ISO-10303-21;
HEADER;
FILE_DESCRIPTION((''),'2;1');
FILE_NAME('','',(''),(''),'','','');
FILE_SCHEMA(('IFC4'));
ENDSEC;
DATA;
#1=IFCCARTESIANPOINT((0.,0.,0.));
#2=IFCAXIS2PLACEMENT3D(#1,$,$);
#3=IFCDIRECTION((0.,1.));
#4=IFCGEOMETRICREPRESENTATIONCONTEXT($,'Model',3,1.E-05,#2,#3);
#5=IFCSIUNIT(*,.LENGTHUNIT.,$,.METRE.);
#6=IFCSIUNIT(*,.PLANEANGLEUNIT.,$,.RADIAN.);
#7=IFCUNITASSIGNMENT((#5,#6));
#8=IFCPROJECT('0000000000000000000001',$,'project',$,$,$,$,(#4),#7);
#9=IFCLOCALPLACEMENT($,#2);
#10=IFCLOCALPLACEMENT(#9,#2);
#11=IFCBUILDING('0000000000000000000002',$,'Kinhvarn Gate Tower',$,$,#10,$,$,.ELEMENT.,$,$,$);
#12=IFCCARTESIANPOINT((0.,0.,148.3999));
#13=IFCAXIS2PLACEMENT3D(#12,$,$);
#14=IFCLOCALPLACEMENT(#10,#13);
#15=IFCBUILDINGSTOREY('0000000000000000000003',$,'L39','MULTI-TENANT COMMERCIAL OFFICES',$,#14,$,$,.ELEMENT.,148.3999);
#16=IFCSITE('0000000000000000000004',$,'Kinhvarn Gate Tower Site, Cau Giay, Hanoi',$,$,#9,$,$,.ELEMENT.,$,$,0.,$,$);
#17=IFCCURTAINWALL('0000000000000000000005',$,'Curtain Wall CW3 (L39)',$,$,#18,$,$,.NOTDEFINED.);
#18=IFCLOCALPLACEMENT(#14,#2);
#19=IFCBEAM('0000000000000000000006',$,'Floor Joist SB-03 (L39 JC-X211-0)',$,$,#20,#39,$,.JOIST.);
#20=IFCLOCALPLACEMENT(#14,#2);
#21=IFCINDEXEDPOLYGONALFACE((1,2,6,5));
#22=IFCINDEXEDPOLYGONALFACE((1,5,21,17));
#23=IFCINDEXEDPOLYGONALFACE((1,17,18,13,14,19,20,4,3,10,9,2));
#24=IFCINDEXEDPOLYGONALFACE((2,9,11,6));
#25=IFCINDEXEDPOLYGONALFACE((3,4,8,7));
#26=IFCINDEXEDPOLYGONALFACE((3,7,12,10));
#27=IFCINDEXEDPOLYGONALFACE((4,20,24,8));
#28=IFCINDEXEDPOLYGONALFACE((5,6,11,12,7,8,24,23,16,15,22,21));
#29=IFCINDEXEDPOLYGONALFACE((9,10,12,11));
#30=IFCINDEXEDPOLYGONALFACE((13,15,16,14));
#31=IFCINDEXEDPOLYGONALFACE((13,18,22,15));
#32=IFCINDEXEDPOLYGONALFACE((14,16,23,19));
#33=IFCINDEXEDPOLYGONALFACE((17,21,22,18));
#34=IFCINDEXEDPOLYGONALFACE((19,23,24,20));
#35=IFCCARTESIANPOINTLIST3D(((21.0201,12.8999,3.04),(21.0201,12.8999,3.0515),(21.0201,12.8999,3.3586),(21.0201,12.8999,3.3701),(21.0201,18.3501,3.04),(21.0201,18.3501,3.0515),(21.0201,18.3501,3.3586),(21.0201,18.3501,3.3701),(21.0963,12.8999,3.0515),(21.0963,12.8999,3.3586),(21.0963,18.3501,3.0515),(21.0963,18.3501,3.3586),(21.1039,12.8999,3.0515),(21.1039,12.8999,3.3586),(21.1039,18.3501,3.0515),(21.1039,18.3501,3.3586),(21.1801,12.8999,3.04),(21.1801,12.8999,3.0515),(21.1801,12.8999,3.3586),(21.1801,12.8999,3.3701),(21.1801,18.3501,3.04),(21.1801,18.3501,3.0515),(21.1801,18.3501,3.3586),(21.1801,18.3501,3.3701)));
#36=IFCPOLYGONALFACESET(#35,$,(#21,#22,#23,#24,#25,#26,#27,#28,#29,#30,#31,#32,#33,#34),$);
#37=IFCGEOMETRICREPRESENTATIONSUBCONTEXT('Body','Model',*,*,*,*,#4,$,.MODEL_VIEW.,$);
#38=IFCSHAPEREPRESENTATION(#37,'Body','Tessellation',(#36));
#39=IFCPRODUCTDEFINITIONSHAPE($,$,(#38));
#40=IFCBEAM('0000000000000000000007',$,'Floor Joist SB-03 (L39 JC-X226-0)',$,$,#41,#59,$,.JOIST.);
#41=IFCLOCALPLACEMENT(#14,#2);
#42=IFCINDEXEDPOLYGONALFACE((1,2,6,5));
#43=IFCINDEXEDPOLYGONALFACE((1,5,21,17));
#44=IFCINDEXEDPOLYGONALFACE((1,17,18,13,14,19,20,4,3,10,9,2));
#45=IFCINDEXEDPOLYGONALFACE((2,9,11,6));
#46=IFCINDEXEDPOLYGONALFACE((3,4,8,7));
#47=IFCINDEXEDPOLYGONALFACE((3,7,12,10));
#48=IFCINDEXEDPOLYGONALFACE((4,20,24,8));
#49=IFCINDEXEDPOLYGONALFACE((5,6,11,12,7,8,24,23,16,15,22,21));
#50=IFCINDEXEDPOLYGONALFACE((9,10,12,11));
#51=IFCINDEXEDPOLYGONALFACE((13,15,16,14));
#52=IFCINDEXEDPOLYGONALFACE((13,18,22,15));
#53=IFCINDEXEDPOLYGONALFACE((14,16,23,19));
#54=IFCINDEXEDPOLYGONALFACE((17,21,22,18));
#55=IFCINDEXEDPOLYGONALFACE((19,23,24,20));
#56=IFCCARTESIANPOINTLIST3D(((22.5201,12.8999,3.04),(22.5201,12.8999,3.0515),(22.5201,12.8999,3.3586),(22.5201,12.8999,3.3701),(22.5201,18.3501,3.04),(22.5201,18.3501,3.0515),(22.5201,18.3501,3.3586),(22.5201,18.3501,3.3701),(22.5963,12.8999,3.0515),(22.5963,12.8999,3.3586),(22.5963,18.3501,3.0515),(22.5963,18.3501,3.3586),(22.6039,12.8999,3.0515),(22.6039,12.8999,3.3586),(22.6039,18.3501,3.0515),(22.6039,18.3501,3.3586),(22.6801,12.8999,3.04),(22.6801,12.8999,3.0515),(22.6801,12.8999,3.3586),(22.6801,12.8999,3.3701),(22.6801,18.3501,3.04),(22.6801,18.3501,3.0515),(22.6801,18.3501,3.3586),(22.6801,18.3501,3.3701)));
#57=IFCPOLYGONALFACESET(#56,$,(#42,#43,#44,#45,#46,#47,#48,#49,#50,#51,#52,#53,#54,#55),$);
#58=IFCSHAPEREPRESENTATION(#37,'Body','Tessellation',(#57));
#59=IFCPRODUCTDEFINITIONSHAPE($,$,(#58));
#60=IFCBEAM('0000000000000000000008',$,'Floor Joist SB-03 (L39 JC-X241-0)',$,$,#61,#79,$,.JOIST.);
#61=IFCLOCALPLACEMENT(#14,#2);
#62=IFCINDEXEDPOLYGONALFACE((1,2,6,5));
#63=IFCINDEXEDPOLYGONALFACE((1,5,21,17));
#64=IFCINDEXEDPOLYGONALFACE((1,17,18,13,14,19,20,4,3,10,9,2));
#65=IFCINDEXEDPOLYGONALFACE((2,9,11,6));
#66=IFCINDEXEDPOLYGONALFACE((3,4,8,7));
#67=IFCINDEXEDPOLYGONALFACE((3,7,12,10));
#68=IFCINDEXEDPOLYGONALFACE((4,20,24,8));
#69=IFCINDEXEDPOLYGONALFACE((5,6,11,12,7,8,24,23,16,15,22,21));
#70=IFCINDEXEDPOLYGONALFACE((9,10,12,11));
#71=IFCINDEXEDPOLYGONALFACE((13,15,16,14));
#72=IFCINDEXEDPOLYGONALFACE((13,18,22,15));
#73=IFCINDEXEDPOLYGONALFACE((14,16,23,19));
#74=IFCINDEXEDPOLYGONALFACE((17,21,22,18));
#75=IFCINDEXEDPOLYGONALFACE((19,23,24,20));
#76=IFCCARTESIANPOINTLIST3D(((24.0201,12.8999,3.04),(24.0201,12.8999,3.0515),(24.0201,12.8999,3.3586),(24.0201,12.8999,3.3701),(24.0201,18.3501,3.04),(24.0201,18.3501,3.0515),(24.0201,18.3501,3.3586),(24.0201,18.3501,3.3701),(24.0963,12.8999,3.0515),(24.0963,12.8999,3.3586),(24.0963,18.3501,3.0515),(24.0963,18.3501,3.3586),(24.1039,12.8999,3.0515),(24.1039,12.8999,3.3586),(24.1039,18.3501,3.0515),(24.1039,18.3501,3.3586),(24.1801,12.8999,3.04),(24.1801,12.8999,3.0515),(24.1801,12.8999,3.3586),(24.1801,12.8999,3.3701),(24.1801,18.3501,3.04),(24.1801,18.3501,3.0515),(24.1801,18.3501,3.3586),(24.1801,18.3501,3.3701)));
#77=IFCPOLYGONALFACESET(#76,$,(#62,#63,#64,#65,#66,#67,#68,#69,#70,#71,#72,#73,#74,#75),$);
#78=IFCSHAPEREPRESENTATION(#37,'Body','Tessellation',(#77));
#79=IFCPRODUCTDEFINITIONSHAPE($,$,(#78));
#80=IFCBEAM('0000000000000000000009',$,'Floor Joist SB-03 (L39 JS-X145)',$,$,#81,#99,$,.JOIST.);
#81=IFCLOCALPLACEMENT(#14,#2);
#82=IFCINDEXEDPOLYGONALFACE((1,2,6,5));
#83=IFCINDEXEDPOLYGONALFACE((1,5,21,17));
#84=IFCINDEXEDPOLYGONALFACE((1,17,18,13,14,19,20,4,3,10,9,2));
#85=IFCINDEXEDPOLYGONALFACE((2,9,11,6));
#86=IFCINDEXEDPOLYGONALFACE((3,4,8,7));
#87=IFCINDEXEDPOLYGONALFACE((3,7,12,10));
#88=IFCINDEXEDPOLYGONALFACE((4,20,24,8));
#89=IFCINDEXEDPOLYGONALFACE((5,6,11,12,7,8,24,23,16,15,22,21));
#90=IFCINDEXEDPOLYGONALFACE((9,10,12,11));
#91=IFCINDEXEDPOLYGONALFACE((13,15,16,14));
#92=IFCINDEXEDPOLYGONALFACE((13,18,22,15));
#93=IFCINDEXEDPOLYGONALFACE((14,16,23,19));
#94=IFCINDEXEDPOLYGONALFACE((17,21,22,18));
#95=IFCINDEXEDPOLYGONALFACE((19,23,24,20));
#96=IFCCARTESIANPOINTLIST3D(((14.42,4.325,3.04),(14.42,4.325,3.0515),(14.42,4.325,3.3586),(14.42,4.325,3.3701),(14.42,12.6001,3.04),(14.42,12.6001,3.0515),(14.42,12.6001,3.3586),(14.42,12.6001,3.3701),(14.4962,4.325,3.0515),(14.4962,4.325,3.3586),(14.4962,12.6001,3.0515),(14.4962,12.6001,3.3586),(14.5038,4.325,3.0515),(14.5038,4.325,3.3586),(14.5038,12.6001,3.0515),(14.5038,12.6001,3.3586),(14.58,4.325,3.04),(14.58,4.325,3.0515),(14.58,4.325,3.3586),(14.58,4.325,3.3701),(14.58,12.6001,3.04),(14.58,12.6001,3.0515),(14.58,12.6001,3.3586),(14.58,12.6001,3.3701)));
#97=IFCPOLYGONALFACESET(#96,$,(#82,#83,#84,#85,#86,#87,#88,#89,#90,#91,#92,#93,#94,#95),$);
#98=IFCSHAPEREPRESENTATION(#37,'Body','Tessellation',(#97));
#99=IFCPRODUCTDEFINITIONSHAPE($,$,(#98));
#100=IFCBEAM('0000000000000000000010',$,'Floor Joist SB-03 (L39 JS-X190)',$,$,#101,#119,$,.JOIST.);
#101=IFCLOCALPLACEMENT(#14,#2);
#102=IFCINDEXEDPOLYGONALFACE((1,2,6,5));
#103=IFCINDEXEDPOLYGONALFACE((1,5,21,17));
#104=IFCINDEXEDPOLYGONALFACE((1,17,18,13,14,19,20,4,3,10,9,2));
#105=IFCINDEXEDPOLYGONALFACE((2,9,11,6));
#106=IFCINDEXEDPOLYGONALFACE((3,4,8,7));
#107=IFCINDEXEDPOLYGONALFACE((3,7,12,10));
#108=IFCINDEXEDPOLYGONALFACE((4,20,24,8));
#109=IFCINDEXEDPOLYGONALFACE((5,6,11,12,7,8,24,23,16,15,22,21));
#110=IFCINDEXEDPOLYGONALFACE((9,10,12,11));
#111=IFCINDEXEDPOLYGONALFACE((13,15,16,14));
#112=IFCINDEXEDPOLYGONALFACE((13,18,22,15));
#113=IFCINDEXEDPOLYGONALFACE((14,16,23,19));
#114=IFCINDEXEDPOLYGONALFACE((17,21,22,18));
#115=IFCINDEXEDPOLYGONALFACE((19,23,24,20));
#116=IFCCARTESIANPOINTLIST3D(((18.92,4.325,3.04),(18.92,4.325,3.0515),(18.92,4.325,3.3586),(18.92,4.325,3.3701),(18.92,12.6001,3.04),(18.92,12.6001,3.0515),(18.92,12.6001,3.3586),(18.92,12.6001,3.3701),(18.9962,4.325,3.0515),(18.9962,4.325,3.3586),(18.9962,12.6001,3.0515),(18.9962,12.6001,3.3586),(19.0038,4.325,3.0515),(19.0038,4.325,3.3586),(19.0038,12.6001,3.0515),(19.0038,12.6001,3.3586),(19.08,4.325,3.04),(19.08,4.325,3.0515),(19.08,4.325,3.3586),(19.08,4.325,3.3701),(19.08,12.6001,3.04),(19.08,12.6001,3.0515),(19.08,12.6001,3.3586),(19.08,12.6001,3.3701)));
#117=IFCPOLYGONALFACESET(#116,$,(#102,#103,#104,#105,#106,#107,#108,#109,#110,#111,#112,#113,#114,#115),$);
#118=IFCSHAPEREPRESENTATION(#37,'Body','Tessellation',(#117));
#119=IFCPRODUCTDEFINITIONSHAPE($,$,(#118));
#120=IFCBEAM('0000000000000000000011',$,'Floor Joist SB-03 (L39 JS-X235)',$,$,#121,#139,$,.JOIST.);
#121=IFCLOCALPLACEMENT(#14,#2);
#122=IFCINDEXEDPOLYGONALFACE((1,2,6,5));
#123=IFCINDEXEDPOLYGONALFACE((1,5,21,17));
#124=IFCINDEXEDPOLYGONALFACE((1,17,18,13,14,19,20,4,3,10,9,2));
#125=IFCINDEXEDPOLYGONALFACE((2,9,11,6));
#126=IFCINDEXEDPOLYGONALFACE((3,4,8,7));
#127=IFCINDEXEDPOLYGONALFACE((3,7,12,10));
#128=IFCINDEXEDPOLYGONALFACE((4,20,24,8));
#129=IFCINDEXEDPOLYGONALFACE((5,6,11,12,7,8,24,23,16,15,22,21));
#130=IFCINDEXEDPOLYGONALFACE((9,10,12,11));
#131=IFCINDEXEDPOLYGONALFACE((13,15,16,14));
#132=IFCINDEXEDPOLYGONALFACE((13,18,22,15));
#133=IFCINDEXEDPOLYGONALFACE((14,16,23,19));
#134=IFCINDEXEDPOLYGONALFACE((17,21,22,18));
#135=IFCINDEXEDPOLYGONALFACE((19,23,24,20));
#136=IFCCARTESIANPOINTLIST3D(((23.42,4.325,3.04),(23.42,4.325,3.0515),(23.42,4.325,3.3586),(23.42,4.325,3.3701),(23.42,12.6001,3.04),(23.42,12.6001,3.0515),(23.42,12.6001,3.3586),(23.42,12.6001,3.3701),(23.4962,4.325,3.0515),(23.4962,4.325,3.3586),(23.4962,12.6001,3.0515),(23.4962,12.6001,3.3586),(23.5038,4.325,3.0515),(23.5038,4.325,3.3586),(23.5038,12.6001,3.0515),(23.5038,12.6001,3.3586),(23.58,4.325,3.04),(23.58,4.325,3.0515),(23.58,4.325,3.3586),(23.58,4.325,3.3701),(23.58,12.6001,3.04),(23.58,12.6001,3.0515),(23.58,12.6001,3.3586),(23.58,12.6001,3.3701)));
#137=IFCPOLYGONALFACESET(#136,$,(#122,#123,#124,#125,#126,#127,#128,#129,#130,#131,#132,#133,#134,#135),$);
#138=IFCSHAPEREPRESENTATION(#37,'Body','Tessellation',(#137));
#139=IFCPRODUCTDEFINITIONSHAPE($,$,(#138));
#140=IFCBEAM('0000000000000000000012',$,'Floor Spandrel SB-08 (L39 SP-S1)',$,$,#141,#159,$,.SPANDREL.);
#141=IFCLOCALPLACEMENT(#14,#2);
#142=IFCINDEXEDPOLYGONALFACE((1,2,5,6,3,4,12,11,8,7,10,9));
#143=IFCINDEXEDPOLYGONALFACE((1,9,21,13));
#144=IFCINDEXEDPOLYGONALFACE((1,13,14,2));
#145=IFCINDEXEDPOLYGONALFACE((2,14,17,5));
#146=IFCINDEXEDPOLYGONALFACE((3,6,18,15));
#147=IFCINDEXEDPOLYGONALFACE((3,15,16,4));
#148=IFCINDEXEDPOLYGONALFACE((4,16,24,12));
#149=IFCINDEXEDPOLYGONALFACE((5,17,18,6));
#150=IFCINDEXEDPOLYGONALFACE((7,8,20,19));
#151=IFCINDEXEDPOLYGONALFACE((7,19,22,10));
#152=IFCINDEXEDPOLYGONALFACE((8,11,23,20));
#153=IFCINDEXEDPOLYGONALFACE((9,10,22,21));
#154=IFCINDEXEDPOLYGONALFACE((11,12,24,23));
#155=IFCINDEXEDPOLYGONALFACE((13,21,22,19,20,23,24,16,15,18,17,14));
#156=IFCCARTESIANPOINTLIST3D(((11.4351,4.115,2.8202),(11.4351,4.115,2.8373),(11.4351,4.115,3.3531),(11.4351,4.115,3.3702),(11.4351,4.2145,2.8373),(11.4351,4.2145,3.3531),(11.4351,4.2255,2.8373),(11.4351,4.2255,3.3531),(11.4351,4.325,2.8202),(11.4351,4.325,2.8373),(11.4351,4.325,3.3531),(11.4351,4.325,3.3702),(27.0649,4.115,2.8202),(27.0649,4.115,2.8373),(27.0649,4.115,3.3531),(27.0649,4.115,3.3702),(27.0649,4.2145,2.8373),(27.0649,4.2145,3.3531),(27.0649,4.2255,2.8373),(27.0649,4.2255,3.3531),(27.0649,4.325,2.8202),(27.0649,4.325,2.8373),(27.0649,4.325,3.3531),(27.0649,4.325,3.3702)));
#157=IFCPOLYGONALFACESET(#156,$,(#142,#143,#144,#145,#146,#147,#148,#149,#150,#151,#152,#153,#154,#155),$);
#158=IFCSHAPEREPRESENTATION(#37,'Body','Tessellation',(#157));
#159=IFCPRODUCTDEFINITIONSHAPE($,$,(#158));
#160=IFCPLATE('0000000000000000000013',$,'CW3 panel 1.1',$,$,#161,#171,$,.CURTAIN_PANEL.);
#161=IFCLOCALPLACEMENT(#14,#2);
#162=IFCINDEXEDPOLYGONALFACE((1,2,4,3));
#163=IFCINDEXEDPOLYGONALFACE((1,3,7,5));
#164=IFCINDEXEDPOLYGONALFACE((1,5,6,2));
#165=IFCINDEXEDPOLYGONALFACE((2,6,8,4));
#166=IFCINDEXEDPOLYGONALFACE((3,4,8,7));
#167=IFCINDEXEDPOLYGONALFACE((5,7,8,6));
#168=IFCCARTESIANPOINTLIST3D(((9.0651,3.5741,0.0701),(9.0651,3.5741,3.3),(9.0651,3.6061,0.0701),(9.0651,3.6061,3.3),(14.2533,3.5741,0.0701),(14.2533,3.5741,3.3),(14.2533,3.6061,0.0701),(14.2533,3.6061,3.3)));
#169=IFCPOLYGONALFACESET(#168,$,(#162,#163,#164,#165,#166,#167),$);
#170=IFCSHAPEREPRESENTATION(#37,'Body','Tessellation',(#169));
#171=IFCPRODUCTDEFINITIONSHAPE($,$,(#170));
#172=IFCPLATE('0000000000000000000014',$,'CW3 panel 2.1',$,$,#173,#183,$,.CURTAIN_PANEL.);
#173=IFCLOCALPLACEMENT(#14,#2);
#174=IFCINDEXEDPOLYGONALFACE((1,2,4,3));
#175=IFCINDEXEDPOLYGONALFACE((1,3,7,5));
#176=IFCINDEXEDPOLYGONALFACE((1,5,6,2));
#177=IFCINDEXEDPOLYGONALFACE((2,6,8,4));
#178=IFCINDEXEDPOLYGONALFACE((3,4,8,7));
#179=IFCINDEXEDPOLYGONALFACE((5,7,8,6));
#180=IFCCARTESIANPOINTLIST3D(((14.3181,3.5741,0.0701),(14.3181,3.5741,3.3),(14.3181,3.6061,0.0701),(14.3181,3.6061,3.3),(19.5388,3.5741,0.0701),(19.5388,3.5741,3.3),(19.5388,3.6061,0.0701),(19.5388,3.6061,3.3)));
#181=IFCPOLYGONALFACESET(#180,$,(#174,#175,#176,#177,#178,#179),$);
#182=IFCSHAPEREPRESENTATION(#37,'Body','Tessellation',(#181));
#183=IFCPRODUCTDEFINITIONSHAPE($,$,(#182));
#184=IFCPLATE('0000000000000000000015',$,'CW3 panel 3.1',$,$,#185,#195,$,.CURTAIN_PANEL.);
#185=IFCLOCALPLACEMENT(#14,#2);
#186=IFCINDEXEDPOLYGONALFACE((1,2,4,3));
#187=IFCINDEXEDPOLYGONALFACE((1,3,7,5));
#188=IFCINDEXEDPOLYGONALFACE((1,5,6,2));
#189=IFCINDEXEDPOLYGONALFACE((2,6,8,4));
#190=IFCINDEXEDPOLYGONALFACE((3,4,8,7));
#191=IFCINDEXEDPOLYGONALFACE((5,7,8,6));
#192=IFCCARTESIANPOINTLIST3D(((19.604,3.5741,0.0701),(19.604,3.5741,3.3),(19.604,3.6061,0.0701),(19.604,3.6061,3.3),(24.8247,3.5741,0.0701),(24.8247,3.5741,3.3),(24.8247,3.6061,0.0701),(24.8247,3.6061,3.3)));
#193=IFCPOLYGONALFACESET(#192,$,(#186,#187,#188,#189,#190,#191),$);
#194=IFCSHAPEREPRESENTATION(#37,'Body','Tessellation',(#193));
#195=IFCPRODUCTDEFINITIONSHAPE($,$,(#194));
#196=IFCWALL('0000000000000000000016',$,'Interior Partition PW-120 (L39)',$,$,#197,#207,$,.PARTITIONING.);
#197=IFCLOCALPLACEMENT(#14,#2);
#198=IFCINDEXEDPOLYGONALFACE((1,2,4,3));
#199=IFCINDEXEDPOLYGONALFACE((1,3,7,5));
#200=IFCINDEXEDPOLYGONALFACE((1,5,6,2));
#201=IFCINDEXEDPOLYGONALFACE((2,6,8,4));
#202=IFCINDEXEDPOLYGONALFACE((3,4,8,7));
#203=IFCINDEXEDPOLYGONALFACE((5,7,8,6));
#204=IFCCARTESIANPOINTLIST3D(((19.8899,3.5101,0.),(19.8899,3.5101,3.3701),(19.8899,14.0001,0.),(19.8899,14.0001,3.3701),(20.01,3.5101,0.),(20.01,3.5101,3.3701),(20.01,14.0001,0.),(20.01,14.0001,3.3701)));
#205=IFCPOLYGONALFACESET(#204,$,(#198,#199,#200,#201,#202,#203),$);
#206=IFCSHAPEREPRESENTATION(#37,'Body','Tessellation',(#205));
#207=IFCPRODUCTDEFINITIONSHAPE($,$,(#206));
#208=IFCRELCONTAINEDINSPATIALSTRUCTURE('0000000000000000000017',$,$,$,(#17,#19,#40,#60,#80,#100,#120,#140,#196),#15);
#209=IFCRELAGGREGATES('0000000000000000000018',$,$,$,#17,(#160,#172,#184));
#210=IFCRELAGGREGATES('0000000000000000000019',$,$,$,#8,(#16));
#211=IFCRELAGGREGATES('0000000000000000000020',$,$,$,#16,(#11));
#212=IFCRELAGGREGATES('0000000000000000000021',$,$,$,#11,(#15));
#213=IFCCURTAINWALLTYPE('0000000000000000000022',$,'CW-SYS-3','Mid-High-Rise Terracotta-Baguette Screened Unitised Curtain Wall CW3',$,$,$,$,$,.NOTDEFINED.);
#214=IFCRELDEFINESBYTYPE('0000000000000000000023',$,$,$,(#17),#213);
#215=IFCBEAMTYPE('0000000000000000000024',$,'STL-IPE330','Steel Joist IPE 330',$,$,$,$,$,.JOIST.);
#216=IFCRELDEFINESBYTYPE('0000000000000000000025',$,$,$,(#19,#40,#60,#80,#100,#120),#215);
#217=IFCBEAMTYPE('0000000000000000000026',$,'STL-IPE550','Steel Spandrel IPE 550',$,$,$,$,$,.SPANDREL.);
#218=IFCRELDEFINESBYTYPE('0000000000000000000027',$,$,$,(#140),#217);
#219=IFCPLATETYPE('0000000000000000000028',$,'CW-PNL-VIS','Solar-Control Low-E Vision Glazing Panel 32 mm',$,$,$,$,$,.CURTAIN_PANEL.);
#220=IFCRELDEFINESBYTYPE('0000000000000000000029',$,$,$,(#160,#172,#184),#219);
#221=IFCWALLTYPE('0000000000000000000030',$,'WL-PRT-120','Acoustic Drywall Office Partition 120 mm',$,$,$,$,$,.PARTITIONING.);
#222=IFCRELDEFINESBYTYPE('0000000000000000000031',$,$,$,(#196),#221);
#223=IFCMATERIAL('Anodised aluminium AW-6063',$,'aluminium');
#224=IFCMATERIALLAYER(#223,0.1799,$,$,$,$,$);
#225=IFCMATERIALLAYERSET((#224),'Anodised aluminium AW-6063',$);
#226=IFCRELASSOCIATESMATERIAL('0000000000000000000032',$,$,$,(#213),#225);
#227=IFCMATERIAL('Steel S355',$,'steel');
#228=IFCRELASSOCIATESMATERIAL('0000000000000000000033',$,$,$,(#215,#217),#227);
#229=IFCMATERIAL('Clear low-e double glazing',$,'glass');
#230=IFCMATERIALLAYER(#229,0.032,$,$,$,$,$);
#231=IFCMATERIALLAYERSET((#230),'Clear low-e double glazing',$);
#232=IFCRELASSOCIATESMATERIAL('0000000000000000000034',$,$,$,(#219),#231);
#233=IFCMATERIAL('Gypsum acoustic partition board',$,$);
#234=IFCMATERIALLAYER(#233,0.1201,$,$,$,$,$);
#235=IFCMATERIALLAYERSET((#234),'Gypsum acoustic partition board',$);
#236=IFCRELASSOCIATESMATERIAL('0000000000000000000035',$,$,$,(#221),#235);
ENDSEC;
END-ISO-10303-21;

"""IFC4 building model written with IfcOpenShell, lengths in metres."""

from ifc_helpers import new_model, si_unit, direction, frame, frame_2d, origin, origin_2d, place, context, subcontext, project, spatial, rectangle, i_section, extrude, material, layer, layer_set, material_profile, profile_set, type_object, element, aggregate, save


model = new_model("IFC4")

# Units and contexts
model_context = context("Model", 3, precision=1e-05, world=origin(), true_north=direction((0.0, 1.0)))
body_context = subcontext(model_context, "Body", "Model", "MODEL_VIEW")
ifc_project = project(units=[si_unit("LENGTHUNIT", "METRE"), si_unit("PLANEANGLEUNIT", "RADIAN")], contexts=[model_context])

# Site, building, storey
site_placement = place(None, origin())
site = spatial("IfcSite", under=ifc_project, at=site_placement, Name="Kinhvarn Gate Tower Site, Cau Giay, Hanoi", CompositionType="ELEMENT", RefElevation=0.0)
building_placement = place(site_placement, origin())
building = spatial("IfcBuilding", under=site, at=building_placement, Name="Kinhvarn Gate Tower", CompositionType="ELEMENT")
storey_placement = place(building_placement, frame((0.0, 0.0, 148.3999)))
storey = spatial("IfcBuildingStorey", under=building, at=storey_placement, Name="L39", Description="MULTI-TENANT COMMERCIAL OFFICES", CompositionType="ELEMENT", Elevation=148.3999)

# Curtain wall
ifc_material_1 = material(Name="Anodised aluminium AW-6063", Category="aluminium")
ifc_layer_1 = layer(ifc_material_1, 0.1799)
ifc_layer_set_1 = layer_set([ifc_layer_1], Name="Anodised aluminium AW-6063")
curtain_wall_type = type_object("IfcCurtainWallType", Name="CW-SYS-3", Description="Mid-High-Rise Terracotta-Baguette Screened Unitised Curtain Wall CW3", PredefinedType="NOTDEFINED", material=ifc_layer_set_1)
curtain_wall_placement = place(storey_placement, origin())
curtain_wall = element("IfcCurtainWall", 1, at=curtain_wall_placement, inside=storey, type_object=curtain_wall_type, Name="Curtain Wall CW3 (L39)", PredefinedType="NOTDEFINED")

# Beams
ifc_material_2 = material(Name="Steel S355", Category="steel")
ifc_material_profile_1 = material_profile(ifc_material_2, i_section(OverallWidth=0.1599, OverallDepth=0.3301, WebThickness=0.0076, FlangeThickness=0.0115, at=origin_2d()), Name="IPE 330")
ifc_profile_set_1 = profile_set([ifc_material_profile_1], Name="Steel S355")
beam_type_1 = type_object("IfcBeamType", Name="STL-IPE330", Description="Steel Joist IPE 330", PredefinedType="JOIST", material=ifc_profile_set_1)
for number, where, z_axis, x_axis, name in (
    (2, (21.1001, 12.8999, 3.2051), (0.0, 1.0, 0.0), (-1.0, 0.0, 0.0), "Floor Joist SB-03 (L39 JC-X211-0)"),
    (3, (22.6001, 12.8999, 3.2051), (0.0, 1.0, 0.0), (-1.0, 0.0, 0.0), "Floor Joist SB-03 (L39 JC-X226-0)"),
    (4, (24.1001, 12.8999, 3.2051), (0.0, 1.0, 0.0), (-1.0, 0.0, 0.0), "Floor Joist SB-03 (L39 JC-X241-0)"),
):
    element("IfcBeam", number, at=place(storey_placement, frame(where, z_axis=z_axis, x_axis=x_axis)), inside=storey, type_object=beam_type_1, Name=name, PredefinedType="JOIST", context=body_context, shape_type="SweptSolid", body=[
        extrude(i_section(OverallWidth=0.1599, OverallDepth=0.3301, WebThickness=0.0076, FlangeThickness=0.0115, at=origin_2d()), origin(), (0.0, 0.0, 1.0), 5.4502),
    ])
for number, where, z_axis, x_axis, name in (
    (5, (14.5, 4.325, 3.2051), (0.0, 1.0, 0.0), (-1.0, 0.0, 0.0), "Floor Joist SB-03 (L39 JS-X145)"),
    (6, (19.0, 4.325, 3.2051), (0.0, 1.0, 0.0), (-1.0, 0.0, 0.0), "Floor Joist SB-03 (L39 JS-X190)"),
    (7, (23.5, 4.325, 3.2051), (0.0, 1.0, 0.0), (-1.0, 0.0, 0.0), "Floor Joist SB-03 (L39 JS-X235)"),
):
    element("IfcBeam", number, at=place(storey_placement, frame(where, z_axis=z_axis, x_axis=x_axis)), inside=storey, type_object=beam_type_1, Name=name, PredefinedType="JOIST", context=body_context, shape_type="SweptSolid", body=[
        extrude(i_section(OverallWidth=0.1599, OverallDepth=0.3301, WebThickness=0.0076, FlangeThickness=0.0115, at=origin_2d()), origin(), (0.0, 0.0, 1.0), 8.2751),
    ])
ifc_material_profile_2 = material_profile(ifc_material_2, i_section(OverallWidth=0.21, OverallDepth=0.55, WebThickness=0.011, FlangeThickness=0.0171, at=origin_2d()), Name="IPE 550")
ifc_profile_set_2 = profile_set([ifc_material_profile_2], Name="Steel S355")
beam_type_2 = type_object("IfcBeamType", Name="STL-IPE550", Description="Steel Spandrel IPE 550", PredefinedType="SPANDREL", material=ifc_profile_set_2)
beam_1_placement = place(storey_placement, frame((11.4351, 4.22, 3.0952), z_axis=(1.0, 0.0, 0.0), x_axis=(0.0, 1.0, 0.0)))
element("IfcBeam", 8, at=beam_1_placement, inside=storey, type_object=beam_type_2, Name="Floor Spandrel SB-08 (L39 SP-S1)", PredefinedType="SPANDREL", context=body_context, shape_type="SweptSolid", body=[
    extrude(i_section(OverallWidth=0.21, OverallDepth=0.55, WebThickness=0.011, FlangeThickness=0.0171, at=origin_2d()), origin(), (0.0, 0.0, 1.0), 15.6299),
])

# Plates
ifc_material_3 = material(Name="Clear low-e double glazing", Category="glass")
ifc_layer_2 = layer(ifc_material_3, 0.032)
ifc_layer_set_2 = layer_set([ifc_layer_2], Name="Clear low-e double glazing")
plate_type = type_object("IfcPlateType", Name="CW-PNL-VIS", Description="Solar-Control Low-E Vision Glazing Panel 32 mm", PredefinedType="CURTAIN_PANEL", material=ifc_layer_set_2)
plate_1_placement = place(storey_placement, frame((11.6592, 3.5901, 0.0701), z_axis=(0.0, 0.0, 1.0), x_axis=(1.0, 0.0, 0.0)))
plate_1 = element("IfcPlate", 9, at=plate_1_placement, type_object=plate_type, Name="CW3 panel 1.1", PredefinedType="CURTAIN_PANEL", context=body_context, shape_type="SweptSolid", body=[
    extrude(rectangle(XDim=5.1882, YDim=0.032, at=origin_2d()), origin(), (0.0, 0.0, 1.0), 3.23),
])
plate_2_placement = place(storey_placement, frame((16.9285, 3.5901, 0.0701), z_axis=(0.0, 0.0, 1.0), x_axis=(1.0, 0.0, 0.0)))
plate_2 = element("IfcPlate", 10, at=plate_2_placement, type_object=plate_type, Name="CW3 panel 2.1", PredefinedType="CURTAIN_PANEL", context=body_context, shape_type="SweptSolid", body=[
    extrude(rectangle(XDim=5.2207, YDim=0.032, at=origin_2d()), origin(), (0.0, 0.0, 1.0), 3.23),
])
plate_3_placement = place(storey_placement, frame((22.2144, 3.5901, 0.0701), z_axis=(0.0, 0.0, 1.0), x_axis=(1.0, 0.0, 0.0)))
plate_3 = element("IfcPlate", 11, at=plate_3_placement, type_object=plate_type, Name="CW3 panel 3.1", PredefinedType="CURTAIN_PANEL", context=body_context, shape_type="SweptSolid", body=[
    extrude(rectangle(XDim=5.2207, YDim=0.032, at=origin_2d()), origin(), (0.0, 0.0, 1.0), 3.23),
])
aggregate(curtain_wall, [plate_1, plate_2, plate_3])

# Wall
ifc_material_4 = material(Name="Gypsum acoustic partition board")
ifc_layer_3 = layer(ifc_material_4, 0.1201)
ifc_layer_set_3 = layer_set([ifc_layer_3], Name="Gypsum acoustic partition board")
wall_type_1 = type_object("IfcWallType", Name="WL-PRT-120", Description="Acoustic Drywall Office Partition 120 mm", PredefinedType="PARTITIONING", material=ifc_layer_set_3)
wall_1_placement = place(storey_placement, frame((19.95, 3.51, 0.0), z_axis=(0.0, 0.0, 1.0), x_axis=(0.0, 1.0, 0.0)))
element("IfcWall", 12, at=wall_1_placement, inside=storey, type_object=wall_type_1, Name="Interior Partition PW-120 (L39)", PredefinedType="PARTITIONING", context=body_context, shape_type="SweptSolid", body=[
    extrude(rectangle(XDim=10.49, YDim=0.1201, at=frame_2d((5.2451, 0.0))), origin(), (0.0, 0.0, 1.0), 3.3701),
])

save(model, "model.ifc")
